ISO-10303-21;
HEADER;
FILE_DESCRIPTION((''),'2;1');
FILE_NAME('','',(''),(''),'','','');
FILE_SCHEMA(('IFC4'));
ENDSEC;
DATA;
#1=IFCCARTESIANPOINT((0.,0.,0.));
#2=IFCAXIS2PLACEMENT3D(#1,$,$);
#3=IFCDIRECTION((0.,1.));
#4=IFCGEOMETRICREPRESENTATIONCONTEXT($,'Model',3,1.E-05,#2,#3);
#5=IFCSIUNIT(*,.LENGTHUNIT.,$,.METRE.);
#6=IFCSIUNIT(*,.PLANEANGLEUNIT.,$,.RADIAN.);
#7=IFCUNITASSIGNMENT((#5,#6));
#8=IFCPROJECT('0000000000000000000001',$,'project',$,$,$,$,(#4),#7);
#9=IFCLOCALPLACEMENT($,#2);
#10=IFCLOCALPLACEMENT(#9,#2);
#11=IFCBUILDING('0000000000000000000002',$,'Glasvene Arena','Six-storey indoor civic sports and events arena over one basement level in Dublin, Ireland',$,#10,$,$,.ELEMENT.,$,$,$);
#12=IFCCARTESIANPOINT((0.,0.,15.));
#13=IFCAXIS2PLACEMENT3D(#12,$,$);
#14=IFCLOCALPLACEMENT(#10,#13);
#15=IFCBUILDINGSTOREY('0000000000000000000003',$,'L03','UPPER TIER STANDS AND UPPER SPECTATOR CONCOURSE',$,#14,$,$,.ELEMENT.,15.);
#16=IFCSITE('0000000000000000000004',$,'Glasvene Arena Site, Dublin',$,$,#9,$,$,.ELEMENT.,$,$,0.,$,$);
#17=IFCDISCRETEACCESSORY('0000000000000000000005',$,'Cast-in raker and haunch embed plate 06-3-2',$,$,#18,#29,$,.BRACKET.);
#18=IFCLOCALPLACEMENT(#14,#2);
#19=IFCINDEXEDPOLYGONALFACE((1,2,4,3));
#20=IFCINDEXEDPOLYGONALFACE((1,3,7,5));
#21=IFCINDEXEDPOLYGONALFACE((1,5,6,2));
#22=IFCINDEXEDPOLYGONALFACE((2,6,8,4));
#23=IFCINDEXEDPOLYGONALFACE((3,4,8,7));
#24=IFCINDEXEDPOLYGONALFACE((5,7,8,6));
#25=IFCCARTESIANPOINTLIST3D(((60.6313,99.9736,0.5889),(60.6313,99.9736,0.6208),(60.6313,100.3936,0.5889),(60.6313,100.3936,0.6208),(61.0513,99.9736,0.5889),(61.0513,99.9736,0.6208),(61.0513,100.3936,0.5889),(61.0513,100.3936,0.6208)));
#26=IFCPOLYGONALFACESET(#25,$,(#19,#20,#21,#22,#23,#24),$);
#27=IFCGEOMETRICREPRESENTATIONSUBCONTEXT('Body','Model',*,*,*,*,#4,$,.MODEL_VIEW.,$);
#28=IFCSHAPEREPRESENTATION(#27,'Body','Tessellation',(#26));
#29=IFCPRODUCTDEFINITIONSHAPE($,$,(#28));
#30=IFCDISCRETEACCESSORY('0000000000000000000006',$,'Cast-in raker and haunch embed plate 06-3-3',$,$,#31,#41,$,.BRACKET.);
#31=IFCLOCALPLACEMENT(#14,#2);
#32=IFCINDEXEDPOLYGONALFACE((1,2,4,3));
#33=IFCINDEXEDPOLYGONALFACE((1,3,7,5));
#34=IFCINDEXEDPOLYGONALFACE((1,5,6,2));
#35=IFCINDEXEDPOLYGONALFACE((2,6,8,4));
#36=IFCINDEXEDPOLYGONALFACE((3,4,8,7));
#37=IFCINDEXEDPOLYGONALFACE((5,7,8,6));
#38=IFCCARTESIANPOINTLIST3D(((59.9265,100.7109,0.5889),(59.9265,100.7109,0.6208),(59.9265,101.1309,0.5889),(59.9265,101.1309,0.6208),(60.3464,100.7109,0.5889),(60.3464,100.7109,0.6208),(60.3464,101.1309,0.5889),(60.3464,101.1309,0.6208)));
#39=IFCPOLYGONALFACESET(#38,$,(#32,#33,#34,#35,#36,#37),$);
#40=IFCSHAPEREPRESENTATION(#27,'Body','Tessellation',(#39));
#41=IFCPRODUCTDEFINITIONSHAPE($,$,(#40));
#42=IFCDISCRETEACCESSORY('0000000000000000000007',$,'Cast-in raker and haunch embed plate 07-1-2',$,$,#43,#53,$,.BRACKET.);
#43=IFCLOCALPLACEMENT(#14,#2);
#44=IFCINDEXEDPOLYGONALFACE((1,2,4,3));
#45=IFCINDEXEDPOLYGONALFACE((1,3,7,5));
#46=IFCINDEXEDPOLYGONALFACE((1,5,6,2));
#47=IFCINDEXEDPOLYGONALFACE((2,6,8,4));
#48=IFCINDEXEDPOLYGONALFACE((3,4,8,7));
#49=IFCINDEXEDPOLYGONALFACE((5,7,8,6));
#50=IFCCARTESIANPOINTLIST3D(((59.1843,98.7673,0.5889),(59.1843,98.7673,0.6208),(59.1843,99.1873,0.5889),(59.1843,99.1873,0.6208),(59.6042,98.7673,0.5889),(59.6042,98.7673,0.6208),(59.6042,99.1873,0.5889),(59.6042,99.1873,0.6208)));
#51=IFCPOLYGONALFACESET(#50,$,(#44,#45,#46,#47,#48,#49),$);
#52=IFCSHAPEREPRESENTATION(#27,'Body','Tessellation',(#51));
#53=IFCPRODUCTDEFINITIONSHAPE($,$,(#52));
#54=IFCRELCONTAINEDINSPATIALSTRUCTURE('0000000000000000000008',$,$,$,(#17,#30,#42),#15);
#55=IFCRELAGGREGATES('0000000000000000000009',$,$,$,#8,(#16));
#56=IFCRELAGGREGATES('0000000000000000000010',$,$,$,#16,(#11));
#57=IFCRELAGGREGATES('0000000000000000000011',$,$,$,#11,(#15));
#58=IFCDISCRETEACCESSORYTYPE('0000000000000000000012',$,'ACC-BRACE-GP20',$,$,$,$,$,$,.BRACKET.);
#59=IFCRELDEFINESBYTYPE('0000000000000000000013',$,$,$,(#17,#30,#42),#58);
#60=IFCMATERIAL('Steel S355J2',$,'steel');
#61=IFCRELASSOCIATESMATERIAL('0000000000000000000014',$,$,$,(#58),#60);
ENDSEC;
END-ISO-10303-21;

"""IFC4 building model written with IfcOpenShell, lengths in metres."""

from ifc_helpers import new_model, si_unit, direction, frame, origin, origin_2d, place, context, subcontext, project, spatial, rectangle, extrude, material, type_object, element, save


model = new_model("IFC4")

# Units and contexts
model_context = context("Model", 3, precision=1e-05, world=origin(), true_north=direction((0.0, 1.0)))
body_context = subcontext(model_context, "Body", "Model", "MODEL_VIEW")
ifc_project = project(units=[si_unit("LENGTHUNIT", "METRE"), si_unit("PLANEANGLEUNIT", "RADIAN")], contexts=[model_context])

# Site, building, storey
site_placement = place(None, origin())
site = spatial("IfcSite", under=ifc_project, at=site_placement, Name="Glasvene Arena Site, Dublin", CompositionType="ELEMENT", RefElevation=0.0)
building_placement = place(site_placement, origin())
building = spatial("IfcBuilding", under=site, at=building_placement, Name="Glasvene Arena", Description="Six-storey indoor civic sports and events arena over one basement level in Dublin, Ireland", CompositionType="ELEMENT")
storey_placement = place(building_placement, frame((0.0, 0.0, 15.0)))
storey = spatial("IfcBuildingStorey", under=building, at=storey_placement, Name="L03", Description="UPPER TIER STANDS AND UPPER SPECTATOR CONCOURSE", CompositionType="ELEMENT", Elevation=15.0)

# Shared definitions
ifc_material_1 = material(Name="Steel S355J2", Category="steel")

# Discrete accessories
discrete_accessory_type = type_object("IfcDiscreteAccessoryType", Name="ACC-BRACE-GP20", PredefinedType="BRACKET", material=ifc_material_1)
for number, where, z_axis, x_axis, name in (
    (1, (60.8413, 100.1836, 0.5889), (0.0, 0.0, 1.0), (1.0, 0.0, 0.0), "Cast-in raker and haunch embed plate 06-3-2"),
    (2, (60.1365, 100.9209, 0.5889), (0.0, 0.0, 1.0), (1.0, 0.0, 0.0), "Cast-in raker and haunch embed plate 06-3-3"),
    (3, (59.3943, 98.9773, 0.5889), (0.0, 0.0, 1.0), (1.0, 0.0, 0.0), "Cast-in raker and haunch embed plate 07-1-2"),
):
    element("IfcDiscreteAccessory", number, at=place(storey_placement, frame(where, z_axis=z_axis, x_axis=x_axis)), inside=storey, type_object=discrete_accessory_type, Name=name, PredefinedType="BRACKET", context=body_context, shape_type="SweptSolid", body=[
        extrude(rectangle(XDim=0.4199, YDim=0.4199, at=origin_2d()), origin(), (0.0, 0.0, 1.0), 0.032),
    ])

save(model, "model.ifc")
